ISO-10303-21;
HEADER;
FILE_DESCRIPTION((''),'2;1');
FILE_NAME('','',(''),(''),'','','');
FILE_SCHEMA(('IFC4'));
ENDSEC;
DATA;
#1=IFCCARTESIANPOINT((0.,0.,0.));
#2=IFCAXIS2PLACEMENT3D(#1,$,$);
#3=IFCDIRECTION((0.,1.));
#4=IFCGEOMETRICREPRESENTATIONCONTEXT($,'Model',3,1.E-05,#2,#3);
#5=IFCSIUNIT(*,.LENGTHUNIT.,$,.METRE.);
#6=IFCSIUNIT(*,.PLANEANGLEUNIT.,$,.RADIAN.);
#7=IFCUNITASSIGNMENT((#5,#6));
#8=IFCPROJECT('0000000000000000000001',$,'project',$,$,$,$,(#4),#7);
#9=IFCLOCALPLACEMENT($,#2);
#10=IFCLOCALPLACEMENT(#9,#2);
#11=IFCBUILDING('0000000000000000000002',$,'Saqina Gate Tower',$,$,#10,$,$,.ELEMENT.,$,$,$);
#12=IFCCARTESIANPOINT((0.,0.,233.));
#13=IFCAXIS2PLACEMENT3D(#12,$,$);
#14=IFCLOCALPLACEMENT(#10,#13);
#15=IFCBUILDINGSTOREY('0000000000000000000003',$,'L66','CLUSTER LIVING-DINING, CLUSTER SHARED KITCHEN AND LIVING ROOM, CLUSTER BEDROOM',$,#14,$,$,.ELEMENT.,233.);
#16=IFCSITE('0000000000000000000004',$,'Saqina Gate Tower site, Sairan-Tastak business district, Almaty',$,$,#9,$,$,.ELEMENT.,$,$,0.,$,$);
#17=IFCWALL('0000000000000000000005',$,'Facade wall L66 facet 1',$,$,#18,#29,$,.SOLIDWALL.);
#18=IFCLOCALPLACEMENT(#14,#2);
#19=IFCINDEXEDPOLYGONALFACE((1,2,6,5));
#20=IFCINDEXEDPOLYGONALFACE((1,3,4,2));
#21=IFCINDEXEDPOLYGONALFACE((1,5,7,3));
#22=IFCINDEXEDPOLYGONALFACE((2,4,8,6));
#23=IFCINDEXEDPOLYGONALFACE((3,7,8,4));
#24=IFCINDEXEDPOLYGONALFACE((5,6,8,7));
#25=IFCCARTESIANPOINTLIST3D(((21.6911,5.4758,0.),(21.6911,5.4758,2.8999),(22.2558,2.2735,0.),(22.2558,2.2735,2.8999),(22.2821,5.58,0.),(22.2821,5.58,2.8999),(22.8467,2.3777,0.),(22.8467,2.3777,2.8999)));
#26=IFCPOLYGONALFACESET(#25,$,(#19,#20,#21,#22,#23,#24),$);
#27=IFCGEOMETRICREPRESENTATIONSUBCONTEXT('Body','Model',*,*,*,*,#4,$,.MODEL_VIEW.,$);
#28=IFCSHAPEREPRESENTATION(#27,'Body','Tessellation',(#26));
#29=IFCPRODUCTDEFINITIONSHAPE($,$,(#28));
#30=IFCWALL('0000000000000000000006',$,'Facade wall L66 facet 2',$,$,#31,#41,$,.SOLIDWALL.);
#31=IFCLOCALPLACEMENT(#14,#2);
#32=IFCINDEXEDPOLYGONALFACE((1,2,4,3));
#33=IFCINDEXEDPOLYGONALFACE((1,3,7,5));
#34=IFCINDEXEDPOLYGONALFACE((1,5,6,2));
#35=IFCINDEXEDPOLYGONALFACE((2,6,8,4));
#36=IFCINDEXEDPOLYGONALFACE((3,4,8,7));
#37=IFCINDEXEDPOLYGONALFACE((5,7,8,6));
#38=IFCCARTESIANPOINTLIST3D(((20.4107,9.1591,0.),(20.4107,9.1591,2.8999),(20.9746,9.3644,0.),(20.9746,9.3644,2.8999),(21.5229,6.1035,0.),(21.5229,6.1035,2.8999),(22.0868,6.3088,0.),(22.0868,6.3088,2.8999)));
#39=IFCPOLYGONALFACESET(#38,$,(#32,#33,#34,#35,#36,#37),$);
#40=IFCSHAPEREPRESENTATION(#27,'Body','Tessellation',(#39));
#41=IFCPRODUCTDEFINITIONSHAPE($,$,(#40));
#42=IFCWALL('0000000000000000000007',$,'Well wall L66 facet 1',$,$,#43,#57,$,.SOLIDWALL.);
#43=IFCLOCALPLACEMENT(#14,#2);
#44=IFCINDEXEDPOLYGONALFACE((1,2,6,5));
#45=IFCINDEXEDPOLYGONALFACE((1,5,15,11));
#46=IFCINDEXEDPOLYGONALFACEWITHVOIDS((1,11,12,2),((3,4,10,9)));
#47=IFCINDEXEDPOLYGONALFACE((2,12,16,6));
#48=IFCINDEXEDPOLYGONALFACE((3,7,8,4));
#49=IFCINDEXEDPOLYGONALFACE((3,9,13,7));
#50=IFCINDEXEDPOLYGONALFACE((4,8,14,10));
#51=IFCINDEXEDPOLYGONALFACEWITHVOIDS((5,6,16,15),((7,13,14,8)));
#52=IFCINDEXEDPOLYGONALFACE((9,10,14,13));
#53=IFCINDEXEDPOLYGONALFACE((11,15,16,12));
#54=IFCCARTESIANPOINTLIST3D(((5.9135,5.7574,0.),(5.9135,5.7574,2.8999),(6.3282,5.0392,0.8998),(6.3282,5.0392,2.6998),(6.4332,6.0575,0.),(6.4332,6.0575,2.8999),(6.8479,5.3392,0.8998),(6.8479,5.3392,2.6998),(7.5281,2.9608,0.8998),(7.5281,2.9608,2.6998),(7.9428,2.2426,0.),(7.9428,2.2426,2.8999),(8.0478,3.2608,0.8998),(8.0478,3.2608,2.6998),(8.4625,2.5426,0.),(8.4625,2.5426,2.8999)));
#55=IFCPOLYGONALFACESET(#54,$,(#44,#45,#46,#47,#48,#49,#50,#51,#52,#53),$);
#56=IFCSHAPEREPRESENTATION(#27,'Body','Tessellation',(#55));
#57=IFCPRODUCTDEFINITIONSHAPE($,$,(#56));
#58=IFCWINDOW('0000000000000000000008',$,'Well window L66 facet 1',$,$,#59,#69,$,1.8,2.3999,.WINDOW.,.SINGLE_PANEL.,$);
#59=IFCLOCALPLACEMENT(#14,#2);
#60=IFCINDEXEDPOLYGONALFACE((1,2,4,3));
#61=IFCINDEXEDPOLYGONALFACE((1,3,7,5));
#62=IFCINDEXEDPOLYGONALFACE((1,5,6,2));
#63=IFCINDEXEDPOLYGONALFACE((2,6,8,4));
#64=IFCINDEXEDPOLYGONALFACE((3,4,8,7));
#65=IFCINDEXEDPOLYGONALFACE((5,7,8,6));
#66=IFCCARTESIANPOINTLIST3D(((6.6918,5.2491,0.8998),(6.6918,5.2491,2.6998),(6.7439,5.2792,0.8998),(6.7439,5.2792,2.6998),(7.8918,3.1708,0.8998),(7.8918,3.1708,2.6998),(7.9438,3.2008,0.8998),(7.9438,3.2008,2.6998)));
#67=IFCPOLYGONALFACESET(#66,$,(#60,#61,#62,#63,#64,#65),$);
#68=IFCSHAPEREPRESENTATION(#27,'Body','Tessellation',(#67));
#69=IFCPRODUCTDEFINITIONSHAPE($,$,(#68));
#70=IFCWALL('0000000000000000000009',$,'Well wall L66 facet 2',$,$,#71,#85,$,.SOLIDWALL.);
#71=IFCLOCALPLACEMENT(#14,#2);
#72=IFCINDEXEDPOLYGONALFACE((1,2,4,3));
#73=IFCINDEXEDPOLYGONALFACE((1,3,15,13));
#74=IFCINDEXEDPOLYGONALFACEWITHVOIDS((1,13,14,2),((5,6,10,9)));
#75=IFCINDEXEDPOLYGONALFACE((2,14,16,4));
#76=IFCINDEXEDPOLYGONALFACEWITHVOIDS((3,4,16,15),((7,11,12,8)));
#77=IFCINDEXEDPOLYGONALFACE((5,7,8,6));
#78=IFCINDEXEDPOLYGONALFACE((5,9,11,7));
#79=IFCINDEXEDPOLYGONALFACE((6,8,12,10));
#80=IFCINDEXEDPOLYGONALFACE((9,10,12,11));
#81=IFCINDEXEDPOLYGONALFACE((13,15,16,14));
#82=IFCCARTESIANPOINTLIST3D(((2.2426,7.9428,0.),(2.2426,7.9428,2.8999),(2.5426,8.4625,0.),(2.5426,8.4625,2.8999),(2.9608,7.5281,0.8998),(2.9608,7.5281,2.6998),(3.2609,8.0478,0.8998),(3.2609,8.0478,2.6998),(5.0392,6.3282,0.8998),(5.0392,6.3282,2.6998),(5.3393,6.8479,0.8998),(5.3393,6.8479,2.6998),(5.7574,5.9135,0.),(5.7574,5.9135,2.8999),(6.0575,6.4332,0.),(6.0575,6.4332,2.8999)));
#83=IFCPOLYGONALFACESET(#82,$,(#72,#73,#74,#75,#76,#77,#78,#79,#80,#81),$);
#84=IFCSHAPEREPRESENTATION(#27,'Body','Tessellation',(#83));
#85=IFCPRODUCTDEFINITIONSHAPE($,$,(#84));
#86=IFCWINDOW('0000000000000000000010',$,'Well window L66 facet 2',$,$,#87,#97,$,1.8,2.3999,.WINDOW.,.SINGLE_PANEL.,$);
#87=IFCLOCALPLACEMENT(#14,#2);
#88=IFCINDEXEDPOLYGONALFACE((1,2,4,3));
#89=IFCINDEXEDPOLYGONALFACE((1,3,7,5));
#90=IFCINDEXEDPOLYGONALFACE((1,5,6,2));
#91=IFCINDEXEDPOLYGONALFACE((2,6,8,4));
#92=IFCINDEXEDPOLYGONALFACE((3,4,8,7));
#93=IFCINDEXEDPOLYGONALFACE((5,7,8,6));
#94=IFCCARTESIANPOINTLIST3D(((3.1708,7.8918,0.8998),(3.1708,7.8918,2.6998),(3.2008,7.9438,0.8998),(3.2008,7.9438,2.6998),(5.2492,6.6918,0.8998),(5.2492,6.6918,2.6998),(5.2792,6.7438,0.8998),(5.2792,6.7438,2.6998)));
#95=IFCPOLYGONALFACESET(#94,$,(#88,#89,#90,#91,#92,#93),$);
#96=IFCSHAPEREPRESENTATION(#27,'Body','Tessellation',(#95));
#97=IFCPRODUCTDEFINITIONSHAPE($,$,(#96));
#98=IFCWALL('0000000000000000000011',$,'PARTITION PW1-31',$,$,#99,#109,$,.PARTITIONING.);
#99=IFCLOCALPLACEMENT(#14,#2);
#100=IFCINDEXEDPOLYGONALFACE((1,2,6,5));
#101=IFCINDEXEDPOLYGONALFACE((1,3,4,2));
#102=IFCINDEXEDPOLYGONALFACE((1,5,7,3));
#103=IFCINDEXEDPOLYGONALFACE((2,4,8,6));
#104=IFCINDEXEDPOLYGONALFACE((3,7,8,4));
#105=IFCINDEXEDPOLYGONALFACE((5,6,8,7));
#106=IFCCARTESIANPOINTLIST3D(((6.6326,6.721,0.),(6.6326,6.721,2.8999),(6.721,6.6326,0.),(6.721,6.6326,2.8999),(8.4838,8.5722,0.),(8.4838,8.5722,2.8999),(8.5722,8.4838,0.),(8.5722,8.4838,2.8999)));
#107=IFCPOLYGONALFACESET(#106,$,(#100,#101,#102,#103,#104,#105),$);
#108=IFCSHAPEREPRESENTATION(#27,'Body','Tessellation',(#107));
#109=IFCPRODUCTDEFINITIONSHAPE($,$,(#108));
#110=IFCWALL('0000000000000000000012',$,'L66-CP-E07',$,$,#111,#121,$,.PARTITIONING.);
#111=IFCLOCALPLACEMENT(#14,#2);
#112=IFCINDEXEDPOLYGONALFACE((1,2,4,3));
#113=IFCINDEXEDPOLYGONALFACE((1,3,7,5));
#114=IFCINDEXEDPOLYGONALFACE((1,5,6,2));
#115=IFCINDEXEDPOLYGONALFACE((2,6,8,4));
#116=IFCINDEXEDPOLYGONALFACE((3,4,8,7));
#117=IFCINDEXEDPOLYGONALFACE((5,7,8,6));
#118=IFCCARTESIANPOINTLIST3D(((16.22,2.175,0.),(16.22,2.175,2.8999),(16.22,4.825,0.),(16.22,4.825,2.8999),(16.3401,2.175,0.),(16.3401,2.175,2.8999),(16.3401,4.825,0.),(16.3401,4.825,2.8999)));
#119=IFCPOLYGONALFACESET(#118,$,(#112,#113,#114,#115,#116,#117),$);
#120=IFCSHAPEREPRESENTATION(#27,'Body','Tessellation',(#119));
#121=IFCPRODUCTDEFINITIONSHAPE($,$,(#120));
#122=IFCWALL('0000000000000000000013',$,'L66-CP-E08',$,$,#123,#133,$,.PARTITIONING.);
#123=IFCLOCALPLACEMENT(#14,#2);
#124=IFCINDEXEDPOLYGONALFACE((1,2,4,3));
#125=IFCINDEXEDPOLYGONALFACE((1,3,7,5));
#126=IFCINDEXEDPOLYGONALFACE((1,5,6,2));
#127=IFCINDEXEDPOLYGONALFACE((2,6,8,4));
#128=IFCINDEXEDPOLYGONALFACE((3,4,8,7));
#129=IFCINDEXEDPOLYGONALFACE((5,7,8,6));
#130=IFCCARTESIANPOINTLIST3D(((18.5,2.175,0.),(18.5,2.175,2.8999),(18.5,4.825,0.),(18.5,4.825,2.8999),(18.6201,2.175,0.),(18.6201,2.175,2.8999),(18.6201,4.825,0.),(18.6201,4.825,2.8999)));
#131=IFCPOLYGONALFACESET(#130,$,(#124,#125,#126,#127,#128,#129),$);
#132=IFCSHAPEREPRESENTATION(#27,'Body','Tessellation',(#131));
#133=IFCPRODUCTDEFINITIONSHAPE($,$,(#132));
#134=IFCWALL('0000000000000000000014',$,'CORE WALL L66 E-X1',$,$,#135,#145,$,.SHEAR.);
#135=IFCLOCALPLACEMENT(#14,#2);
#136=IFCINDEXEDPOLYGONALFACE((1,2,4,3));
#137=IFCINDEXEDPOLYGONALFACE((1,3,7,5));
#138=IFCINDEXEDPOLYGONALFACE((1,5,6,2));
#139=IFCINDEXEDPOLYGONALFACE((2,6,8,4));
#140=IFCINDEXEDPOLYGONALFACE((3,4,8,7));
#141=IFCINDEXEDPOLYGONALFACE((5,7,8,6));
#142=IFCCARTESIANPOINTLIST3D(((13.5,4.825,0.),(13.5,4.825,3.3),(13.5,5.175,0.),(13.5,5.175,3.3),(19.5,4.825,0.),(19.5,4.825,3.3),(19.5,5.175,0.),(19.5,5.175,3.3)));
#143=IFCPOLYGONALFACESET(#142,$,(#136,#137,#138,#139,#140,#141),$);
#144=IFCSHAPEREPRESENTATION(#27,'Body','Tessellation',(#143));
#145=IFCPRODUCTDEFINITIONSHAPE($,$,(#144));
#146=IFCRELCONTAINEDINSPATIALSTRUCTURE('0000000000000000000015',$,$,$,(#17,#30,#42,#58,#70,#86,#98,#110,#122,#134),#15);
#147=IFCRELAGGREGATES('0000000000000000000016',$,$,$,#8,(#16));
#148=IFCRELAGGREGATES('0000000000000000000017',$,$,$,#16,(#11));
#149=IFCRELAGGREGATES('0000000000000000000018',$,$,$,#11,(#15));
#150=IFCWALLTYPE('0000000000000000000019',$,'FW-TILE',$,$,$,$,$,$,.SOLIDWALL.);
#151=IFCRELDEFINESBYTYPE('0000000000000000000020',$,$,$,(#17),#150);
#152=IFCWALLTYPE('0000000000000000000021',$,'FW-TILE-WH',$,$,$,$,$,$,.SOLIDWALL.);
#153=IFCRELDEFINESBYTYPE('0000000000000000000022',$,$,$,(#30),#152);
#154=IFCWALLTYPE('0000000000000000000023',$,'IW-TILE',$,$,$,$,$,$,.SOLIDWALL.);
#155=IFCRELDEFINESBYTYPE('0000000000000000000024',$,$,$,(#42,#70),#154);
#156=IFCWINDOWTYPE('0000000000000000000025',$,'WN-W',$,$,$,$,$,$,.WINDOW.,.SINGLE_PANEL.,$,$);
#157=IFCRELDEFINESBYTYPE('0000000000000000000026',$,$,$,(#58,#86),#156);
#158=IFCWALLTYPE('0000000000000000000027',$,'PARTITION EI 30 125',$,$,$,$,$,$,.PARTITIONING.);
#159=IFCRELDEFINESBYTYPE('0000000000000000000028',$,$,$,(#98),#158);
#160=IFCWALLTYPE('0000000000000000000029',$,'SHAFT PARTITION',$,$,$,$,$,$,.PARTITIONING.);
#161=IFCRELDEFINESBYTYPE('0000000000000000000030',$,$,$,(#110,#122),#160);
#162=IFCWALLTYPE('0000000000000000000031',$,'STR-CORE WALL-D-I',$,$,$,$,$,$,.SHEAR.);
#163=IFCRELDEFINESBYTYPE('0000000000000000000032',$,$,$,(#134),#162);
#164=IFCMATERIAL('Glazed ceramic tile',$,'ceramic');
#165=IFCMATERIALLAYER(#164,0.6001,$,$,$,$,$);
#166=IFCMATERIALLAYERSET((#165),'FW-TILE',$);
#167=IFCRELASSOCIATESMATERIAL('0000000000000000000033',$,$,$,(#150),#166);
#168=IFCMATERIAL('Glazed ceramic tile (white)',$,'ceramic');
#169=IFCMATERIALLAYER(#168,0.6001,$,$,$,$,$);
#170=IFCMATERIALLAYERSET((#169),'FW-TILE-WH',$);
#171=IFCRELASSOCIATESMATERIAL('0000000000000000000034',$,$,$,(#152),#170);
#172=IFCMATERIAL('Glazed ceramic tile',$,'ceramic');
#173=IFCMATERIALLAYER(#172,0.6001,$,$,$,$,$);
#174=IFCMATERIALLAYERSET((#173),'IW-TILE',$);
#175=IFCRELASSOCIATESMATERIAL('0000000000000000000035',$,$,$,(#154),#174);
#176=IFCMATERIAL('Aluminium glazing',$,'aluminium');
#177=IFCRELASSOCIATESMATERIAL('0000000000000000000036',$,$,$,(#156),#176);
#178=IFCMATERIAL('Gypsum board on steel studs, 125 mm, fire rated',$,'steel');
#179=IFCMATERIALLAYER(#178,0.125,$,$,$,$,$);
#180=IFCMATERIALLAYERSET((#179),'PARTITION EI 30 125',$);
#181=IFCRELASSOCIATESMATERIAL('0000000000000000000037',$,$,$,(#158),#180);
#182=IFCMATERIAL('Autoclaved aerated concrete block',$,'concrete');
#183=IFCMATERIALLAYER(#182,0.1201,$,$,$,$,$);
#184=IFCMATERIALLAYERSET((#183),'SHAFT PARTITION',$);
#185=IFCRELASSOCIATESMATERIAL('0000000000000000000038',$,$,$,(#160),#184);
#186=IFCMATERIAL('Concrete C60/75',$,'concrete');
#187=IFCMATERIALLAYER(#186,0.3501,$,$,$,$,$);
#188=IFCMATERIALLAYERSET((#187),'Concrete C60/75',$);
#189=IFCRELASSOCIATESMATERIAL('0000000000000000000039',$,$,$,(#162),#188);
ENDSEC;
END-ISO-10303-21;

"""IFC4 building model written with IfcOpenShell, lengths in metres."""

from ifc_helpers import new_model, si_unit, direction, frame, frame_2d, origin, place, context, subcontext, project, spatial, rectangle, extrude, material, layer, layer_set, type_object, element, fill, save


model = new_model("IFC4")

# Units and contexts
model_context = context("Model", 3, precision=1e-05, world=origin(), true_north=direction((0.0, 1.0)))
body_context = subcontext(model_context, "Body", "Model", "MODEL_VIEW")
ifc_project = project(units=[si_unit("LENGTHUNIT", "METRE"), si_unit("PLANEANGLEUNIT", "RADIAN")], contexts=[model_context])

# Site, building, storey
site_placement = place(None, origin())
site = spatial("IfcSite", under=ifc_project, at=site_placement, Name="Saqina Gate Tower site, Sairan-Tastak business district, Almaty", CompositionType="ELEMENT", RefElevation=0.0)
building_placement = place(site_placement, origin())
building = spatial("IfcBuilding", under=site, at=building_placement, Name="Saqina Gate Tower", CompositionType="ELEMENT")
storey_placement = place(building_placement, frame((0.0, 0.0, 233.0)))
storey = spatial("IfcBuildingStorey", under=building, at=storey_placement, Name="L66", Description="CLUSTER LIVING-DINING, CLUSTER SHARED KITCHEN AND LIVING ROOM, CLUSTER BEDROOM", CompositionType="ELEMENT", Elevation=233.0)

# Walls
ifc_material_1 = material(Name="Glazed ceramic tile", Category="ceramic")
ifc_layer_1 = layer(ifc_material_1, 0.6001)
ifc_layer_set_1 = layer_set([ifc_layer_1], Name="FW-TILE")
wall_type_1 = type_object("IfcWallType", Name="FW-TILE", PredefinedType="SOLIDWALL", material=ifc_layer_set_1)
wall_1_placement = place(storey_placement, frame((22.5513, 2.3254, 0.0), z_axis=(0.0, 0.0, 1.0), x_axis=(-0.173657, 0.984806, 0.0)))
element("IfcWall", 1, at=wall_1_placement, inside=storey, type_object=wall_type_1, Name="Facade wall L66 facet 1", PredefinedType="SOLIDWALL", context=body_context, shape_type="SweptSolid", body=[
    extrude(rectangle(XDim=3.2517, YDim=0.6001, at=frame_2d((1.626, 0.0))), origin(), (0.0, 0.0, 1.0), 2.8999),
])
ifc_material_2 = material(Name="Glazed ceramic tile (white)", Category="ceramic")
ifc_layer_2 = layer(ifc_material_2, 0.6001)
ifc_layer_set_2 = layer_set([ifc_layer_2], Name="FW-TILE-WH")
wall_type_2 = type_object("IfcWallType", Name="FW-TILE-WH", PredefinedType="SOLIDWALL", material=ifc_layer_set_2)
wall_2_placement = place(storey_placement, frame((21.8049, 6.2061, 0.0), z_axis=(0.0, 0.0, 1.0), x_axis=(-0.342057, 0.939679, 0.0)))
element("IfcWall", 2, at=wall_2_placement, inside=storey, type_object=wall_type_2, Name="Facade wall L66 facet 2", PredefinedType="SOLIDWALL", context=body_context, shape_type="SweptSolid", body=[
    extrude(rectangle(XDim=3.2517, YDim=0.6001, at=frame_2d((1.626, 0.0))), origin(), (0.0, 0.0, 1.0), 2.8999),
])

# Walls, openings, windows
ifc_material_3 = material(Name="Glazed ceramic tile", Category="ceramic")
ifc_layer_3 = layer(ifc_material_3, 0.6001)
ifc_layer_set_3 = layer_set([ifc_layer_3], Name="IW-TILE")
wall_type_3 = type_object("IfcWallType", Name="IW-TILE", PredefinedType="SOLIDWALL", material=ifc_layer_set_3)
wall_3_placement = place(storey_placement, frame((8.2026, 2.3926, 0.0), z_axis=(0.0, 0.0, 1.0), x_axis=(-0.499995, 0.866028, 0.0)))
wall_3 = element("IfcWall", 3, at=wall_3_placement, inside=storey, type_object=wall_type_3, Name="Well wall L66 facet 1", PredefinedType="SOLIDWALL", context=body_context, shape_type="SweptSolid", body=[
    extrude(rectangle(XDim=4.0586, YDim=0.6001, at=frame_2d((2.0293, 0.0))), origin(), (0.0, 0.0, 1.0), 2.8999),
])
opening_1_placement = place(wall_3_placement, frame((0.8293, 0.0, 0.8999)))
opening_1 = element("IfcOpeningElement", 4, at=opening_1_placement, cuts=wall_3, PredefinedType="OPENING", context=body_context, shape_type="SweptSolid", body=[
    extrude(rectangle(XDim=2.3999, YDim=1.8, at=frame_2d((1.2, 0.8999))), frame((0.0, 0.312, 0.0), z_axis=(0.0, -1.0, 0.0), x_axis=(1.0, 0.0, 0.0)), (0.0, 0.0, 1.0), 0.624),
])
ifc_material_4 = material(Name="Aluminium glazing", Category="aluminium")
window_type = type_object("IfcWindowType", Name="WN-W", PartitioningType="SINGLE_PANEL", PredefinedType="WINDOW", material=ifc_material_4)
window_1_placement = place(opening_1_placement, origin())
window_1 = element("IfcWindow", 5, at=window_1_placement, inside=storey, type_object=window_type, Name="Well window L66 facet 1", OverallHeight=1.8, OverallWidth=2.3999, PartitioningType="SINGLE_PANEL", PredefinedType="WINDOW", context=body_context, shape_type="SweptSolid", body=[
    extrude(rectangle(XDim=2.3999, YDim=1.8, at=frame_2d((1.2, 0.8999))), frame((0.0, -0.1199, 0.0), z_axis=(0.0, -1.0, 0.0), x_axis=(1.0, 0.0, 0.0)), (0.0, 0.0, 1.0), 0.0601),
])
fill(opening_1, window_1)
wall_4_placement = place(storey_placement, frame((5.9075, 6.1733, 0.0), z_axis=(0.0, 0.0, 1.0), x_axis=(-0.866028, 0.499995, 0.0)))
wall_4 = element("IfcWall", 6, at=wall_4_placement, inside=storey, type_object=wall_type_3, Name="Well wall L66 facet 2", PredefinedType="SOLIDWALL", context=body_context, shape_type="SweptSolid", body=[
    extrude(rectangle(XDim=4.0586, YDim=0.6001, at=frame_2d((2.0293, 0.0))), origin(), (0.0, 0.0, 1.0), 2.8999),
])
opening_2_placement = place(wall_4_placement, frame((0.8293, 0.0, 0.8999)))
opening_2 = element("IfcOpeningElement", 7, at=opening_2_placement, cuts=wall_4, PredefinedType="OPENING", context=body_context, shape_type="SweptSolid", body=[
    extrude(rectangle(XDim=2.3999, YDim=1.8, at=frame_2d((1.2, 0.8999))), frame((0.0, 0.312, 0.0), z_axis=(0.0, -1.0, 0.0), x_axis=(1.0, 0.0, 0.0)), (0.0, 0.0, 1.0), 0.624),
])
window_2_placement = place(opening_2_placement, origin())
window_2 = element("IfcWindow", 8, at=window_2_placement, inside=storey, type_object=window_type, Name="Well window L66 facet 2", OverallHeight=1.8, OverallWidth=2.3999, PartitioningType="SINGLE_PANEL", PredefinedType="WINDOW", context=body_context, shape_type="SweptSolid", body=[
    extrude(rectangle(XDim=2.3999, YDim=1.8, at=frame_2d((1.2, 0.8999))), frame((0.0, -0.1199, 0.0), z_axis=(0.0, -1.0, 0.0), x_axis=(1.0, 0.0, 0.0)), (0.0, 0.0, 1.0), 0.0601),
])
fill(opening_2, window_2)

# Walls
ifc_material_5 = material(Name="Gypsum board on steel studs, 125 mm, fire rated", Category="steel")
ifc_layer_4 = layer(ifc_material_5, 0.125)
ifc_layer_set_4 = layer_set([ifc_layer_4], Name="PARTITION EI 30 125")
wall_type_4 = type_object("IfcWallType", Name="PARTITION EI 30 125", PredefinedType="PARTITIONING", material=ifc_layer_set_4)
wall_5_placement = place(storey_placement, frame((6.6768, 6.6768, 0.0), z_axis=(0.0, 0.0, 1.0), x_axis=(0.707107, 0.707107, 0.0)))
element("IfcWall", 9, at=wall_5_placement, inside=storey, type_object=wall_type_4, Name="PARTITION PW1-31", PredefinedType="PARTITIONING", context=body_context, shape_type="SweptSolid", body=[
    extrude(rectangle(XDim=2.6179, YDim=0.125, at=frame_2d((1.3091, 0.0))), origin(), (0.0, 0.0, 1.0), 2.8999),
])
ifc_material_6 = material(Name="Autoclaved aerated concrete block", Category="concrete")
ifc_layer_5 = layer(ifc_material_6, 0.1201)
ifc_layer_set_5 = layer_set([ifc_layer_5], Name="SHAFT PARTITION")
wall_type_5 = type_object("IfcWallType", Name="SHAFT PARTITION", PredefinedType="PARTITIONING", material=ifc_layer_set_5)
for number, where, z_axis, x_axis, name in (
    (10, (16.28, 2.175, 0.0), (0.0, 0.0, 1.0), (0.0, 1.0, 0.0), "L66-CP-E07"),
    (11, (18.5601, 2.175, 0.0), (0.0, 0.0, 1.0), (0.0, 1.0, 0.0), "L66-CP-E08"),
):
    element("IfcWall", number, at=place(storey_placement, frame(where, z_axis=z_axis, x_axis=x_axis)), inside=storey, type_object=wall_type_5, Name=name, PredefinedType="PARTITIONING", context=body_context, shape_type="SweptSolid", body=[
        extrude(rectangle(XDim=2.6499, YDim=0.1201, at=frame_2d((1.325, 0.0))), origin(), (0.0, 0.0, 1.0), 2.8999),
    ])
ifc_material_7 = material(Name="Concrete C60/75", Category="concrete")
ifc_layer_6 = layer(ifc_material_7, 0.3501)
ifc_layer_set_6 = layer_set([ifc_layer_6], Name="Concrete C60/75")
wall_type_6 = type_object("IfcWallType", Name="STR-CORE WALL-D-I", PredefinedType="SHEAR", material=ifc_layer_set_6)
wall_6_placement = place(storey_placement, frame((13.5, 5.0, 0.0), z_axis=(0.0, 0.0, 1.0), x_axis=(1.0, 0.0, 0.0)))
element("IfcWall", 12, at=wall_6_placement, inside=storey, type_object=wall_type_6, Name="CORE WALL L66 E-X1", PredefinedType="SHEAR", context=body_context, shape_type="SweptSolid", body=[
    extrude(rectangle(XDim=6.0, YDim=0.3501, at=frame_2d((3.0, 0.0))), origin(), (0.0, 0.0, 1.0), 3.3),
])

save(model, "model.ifc")
